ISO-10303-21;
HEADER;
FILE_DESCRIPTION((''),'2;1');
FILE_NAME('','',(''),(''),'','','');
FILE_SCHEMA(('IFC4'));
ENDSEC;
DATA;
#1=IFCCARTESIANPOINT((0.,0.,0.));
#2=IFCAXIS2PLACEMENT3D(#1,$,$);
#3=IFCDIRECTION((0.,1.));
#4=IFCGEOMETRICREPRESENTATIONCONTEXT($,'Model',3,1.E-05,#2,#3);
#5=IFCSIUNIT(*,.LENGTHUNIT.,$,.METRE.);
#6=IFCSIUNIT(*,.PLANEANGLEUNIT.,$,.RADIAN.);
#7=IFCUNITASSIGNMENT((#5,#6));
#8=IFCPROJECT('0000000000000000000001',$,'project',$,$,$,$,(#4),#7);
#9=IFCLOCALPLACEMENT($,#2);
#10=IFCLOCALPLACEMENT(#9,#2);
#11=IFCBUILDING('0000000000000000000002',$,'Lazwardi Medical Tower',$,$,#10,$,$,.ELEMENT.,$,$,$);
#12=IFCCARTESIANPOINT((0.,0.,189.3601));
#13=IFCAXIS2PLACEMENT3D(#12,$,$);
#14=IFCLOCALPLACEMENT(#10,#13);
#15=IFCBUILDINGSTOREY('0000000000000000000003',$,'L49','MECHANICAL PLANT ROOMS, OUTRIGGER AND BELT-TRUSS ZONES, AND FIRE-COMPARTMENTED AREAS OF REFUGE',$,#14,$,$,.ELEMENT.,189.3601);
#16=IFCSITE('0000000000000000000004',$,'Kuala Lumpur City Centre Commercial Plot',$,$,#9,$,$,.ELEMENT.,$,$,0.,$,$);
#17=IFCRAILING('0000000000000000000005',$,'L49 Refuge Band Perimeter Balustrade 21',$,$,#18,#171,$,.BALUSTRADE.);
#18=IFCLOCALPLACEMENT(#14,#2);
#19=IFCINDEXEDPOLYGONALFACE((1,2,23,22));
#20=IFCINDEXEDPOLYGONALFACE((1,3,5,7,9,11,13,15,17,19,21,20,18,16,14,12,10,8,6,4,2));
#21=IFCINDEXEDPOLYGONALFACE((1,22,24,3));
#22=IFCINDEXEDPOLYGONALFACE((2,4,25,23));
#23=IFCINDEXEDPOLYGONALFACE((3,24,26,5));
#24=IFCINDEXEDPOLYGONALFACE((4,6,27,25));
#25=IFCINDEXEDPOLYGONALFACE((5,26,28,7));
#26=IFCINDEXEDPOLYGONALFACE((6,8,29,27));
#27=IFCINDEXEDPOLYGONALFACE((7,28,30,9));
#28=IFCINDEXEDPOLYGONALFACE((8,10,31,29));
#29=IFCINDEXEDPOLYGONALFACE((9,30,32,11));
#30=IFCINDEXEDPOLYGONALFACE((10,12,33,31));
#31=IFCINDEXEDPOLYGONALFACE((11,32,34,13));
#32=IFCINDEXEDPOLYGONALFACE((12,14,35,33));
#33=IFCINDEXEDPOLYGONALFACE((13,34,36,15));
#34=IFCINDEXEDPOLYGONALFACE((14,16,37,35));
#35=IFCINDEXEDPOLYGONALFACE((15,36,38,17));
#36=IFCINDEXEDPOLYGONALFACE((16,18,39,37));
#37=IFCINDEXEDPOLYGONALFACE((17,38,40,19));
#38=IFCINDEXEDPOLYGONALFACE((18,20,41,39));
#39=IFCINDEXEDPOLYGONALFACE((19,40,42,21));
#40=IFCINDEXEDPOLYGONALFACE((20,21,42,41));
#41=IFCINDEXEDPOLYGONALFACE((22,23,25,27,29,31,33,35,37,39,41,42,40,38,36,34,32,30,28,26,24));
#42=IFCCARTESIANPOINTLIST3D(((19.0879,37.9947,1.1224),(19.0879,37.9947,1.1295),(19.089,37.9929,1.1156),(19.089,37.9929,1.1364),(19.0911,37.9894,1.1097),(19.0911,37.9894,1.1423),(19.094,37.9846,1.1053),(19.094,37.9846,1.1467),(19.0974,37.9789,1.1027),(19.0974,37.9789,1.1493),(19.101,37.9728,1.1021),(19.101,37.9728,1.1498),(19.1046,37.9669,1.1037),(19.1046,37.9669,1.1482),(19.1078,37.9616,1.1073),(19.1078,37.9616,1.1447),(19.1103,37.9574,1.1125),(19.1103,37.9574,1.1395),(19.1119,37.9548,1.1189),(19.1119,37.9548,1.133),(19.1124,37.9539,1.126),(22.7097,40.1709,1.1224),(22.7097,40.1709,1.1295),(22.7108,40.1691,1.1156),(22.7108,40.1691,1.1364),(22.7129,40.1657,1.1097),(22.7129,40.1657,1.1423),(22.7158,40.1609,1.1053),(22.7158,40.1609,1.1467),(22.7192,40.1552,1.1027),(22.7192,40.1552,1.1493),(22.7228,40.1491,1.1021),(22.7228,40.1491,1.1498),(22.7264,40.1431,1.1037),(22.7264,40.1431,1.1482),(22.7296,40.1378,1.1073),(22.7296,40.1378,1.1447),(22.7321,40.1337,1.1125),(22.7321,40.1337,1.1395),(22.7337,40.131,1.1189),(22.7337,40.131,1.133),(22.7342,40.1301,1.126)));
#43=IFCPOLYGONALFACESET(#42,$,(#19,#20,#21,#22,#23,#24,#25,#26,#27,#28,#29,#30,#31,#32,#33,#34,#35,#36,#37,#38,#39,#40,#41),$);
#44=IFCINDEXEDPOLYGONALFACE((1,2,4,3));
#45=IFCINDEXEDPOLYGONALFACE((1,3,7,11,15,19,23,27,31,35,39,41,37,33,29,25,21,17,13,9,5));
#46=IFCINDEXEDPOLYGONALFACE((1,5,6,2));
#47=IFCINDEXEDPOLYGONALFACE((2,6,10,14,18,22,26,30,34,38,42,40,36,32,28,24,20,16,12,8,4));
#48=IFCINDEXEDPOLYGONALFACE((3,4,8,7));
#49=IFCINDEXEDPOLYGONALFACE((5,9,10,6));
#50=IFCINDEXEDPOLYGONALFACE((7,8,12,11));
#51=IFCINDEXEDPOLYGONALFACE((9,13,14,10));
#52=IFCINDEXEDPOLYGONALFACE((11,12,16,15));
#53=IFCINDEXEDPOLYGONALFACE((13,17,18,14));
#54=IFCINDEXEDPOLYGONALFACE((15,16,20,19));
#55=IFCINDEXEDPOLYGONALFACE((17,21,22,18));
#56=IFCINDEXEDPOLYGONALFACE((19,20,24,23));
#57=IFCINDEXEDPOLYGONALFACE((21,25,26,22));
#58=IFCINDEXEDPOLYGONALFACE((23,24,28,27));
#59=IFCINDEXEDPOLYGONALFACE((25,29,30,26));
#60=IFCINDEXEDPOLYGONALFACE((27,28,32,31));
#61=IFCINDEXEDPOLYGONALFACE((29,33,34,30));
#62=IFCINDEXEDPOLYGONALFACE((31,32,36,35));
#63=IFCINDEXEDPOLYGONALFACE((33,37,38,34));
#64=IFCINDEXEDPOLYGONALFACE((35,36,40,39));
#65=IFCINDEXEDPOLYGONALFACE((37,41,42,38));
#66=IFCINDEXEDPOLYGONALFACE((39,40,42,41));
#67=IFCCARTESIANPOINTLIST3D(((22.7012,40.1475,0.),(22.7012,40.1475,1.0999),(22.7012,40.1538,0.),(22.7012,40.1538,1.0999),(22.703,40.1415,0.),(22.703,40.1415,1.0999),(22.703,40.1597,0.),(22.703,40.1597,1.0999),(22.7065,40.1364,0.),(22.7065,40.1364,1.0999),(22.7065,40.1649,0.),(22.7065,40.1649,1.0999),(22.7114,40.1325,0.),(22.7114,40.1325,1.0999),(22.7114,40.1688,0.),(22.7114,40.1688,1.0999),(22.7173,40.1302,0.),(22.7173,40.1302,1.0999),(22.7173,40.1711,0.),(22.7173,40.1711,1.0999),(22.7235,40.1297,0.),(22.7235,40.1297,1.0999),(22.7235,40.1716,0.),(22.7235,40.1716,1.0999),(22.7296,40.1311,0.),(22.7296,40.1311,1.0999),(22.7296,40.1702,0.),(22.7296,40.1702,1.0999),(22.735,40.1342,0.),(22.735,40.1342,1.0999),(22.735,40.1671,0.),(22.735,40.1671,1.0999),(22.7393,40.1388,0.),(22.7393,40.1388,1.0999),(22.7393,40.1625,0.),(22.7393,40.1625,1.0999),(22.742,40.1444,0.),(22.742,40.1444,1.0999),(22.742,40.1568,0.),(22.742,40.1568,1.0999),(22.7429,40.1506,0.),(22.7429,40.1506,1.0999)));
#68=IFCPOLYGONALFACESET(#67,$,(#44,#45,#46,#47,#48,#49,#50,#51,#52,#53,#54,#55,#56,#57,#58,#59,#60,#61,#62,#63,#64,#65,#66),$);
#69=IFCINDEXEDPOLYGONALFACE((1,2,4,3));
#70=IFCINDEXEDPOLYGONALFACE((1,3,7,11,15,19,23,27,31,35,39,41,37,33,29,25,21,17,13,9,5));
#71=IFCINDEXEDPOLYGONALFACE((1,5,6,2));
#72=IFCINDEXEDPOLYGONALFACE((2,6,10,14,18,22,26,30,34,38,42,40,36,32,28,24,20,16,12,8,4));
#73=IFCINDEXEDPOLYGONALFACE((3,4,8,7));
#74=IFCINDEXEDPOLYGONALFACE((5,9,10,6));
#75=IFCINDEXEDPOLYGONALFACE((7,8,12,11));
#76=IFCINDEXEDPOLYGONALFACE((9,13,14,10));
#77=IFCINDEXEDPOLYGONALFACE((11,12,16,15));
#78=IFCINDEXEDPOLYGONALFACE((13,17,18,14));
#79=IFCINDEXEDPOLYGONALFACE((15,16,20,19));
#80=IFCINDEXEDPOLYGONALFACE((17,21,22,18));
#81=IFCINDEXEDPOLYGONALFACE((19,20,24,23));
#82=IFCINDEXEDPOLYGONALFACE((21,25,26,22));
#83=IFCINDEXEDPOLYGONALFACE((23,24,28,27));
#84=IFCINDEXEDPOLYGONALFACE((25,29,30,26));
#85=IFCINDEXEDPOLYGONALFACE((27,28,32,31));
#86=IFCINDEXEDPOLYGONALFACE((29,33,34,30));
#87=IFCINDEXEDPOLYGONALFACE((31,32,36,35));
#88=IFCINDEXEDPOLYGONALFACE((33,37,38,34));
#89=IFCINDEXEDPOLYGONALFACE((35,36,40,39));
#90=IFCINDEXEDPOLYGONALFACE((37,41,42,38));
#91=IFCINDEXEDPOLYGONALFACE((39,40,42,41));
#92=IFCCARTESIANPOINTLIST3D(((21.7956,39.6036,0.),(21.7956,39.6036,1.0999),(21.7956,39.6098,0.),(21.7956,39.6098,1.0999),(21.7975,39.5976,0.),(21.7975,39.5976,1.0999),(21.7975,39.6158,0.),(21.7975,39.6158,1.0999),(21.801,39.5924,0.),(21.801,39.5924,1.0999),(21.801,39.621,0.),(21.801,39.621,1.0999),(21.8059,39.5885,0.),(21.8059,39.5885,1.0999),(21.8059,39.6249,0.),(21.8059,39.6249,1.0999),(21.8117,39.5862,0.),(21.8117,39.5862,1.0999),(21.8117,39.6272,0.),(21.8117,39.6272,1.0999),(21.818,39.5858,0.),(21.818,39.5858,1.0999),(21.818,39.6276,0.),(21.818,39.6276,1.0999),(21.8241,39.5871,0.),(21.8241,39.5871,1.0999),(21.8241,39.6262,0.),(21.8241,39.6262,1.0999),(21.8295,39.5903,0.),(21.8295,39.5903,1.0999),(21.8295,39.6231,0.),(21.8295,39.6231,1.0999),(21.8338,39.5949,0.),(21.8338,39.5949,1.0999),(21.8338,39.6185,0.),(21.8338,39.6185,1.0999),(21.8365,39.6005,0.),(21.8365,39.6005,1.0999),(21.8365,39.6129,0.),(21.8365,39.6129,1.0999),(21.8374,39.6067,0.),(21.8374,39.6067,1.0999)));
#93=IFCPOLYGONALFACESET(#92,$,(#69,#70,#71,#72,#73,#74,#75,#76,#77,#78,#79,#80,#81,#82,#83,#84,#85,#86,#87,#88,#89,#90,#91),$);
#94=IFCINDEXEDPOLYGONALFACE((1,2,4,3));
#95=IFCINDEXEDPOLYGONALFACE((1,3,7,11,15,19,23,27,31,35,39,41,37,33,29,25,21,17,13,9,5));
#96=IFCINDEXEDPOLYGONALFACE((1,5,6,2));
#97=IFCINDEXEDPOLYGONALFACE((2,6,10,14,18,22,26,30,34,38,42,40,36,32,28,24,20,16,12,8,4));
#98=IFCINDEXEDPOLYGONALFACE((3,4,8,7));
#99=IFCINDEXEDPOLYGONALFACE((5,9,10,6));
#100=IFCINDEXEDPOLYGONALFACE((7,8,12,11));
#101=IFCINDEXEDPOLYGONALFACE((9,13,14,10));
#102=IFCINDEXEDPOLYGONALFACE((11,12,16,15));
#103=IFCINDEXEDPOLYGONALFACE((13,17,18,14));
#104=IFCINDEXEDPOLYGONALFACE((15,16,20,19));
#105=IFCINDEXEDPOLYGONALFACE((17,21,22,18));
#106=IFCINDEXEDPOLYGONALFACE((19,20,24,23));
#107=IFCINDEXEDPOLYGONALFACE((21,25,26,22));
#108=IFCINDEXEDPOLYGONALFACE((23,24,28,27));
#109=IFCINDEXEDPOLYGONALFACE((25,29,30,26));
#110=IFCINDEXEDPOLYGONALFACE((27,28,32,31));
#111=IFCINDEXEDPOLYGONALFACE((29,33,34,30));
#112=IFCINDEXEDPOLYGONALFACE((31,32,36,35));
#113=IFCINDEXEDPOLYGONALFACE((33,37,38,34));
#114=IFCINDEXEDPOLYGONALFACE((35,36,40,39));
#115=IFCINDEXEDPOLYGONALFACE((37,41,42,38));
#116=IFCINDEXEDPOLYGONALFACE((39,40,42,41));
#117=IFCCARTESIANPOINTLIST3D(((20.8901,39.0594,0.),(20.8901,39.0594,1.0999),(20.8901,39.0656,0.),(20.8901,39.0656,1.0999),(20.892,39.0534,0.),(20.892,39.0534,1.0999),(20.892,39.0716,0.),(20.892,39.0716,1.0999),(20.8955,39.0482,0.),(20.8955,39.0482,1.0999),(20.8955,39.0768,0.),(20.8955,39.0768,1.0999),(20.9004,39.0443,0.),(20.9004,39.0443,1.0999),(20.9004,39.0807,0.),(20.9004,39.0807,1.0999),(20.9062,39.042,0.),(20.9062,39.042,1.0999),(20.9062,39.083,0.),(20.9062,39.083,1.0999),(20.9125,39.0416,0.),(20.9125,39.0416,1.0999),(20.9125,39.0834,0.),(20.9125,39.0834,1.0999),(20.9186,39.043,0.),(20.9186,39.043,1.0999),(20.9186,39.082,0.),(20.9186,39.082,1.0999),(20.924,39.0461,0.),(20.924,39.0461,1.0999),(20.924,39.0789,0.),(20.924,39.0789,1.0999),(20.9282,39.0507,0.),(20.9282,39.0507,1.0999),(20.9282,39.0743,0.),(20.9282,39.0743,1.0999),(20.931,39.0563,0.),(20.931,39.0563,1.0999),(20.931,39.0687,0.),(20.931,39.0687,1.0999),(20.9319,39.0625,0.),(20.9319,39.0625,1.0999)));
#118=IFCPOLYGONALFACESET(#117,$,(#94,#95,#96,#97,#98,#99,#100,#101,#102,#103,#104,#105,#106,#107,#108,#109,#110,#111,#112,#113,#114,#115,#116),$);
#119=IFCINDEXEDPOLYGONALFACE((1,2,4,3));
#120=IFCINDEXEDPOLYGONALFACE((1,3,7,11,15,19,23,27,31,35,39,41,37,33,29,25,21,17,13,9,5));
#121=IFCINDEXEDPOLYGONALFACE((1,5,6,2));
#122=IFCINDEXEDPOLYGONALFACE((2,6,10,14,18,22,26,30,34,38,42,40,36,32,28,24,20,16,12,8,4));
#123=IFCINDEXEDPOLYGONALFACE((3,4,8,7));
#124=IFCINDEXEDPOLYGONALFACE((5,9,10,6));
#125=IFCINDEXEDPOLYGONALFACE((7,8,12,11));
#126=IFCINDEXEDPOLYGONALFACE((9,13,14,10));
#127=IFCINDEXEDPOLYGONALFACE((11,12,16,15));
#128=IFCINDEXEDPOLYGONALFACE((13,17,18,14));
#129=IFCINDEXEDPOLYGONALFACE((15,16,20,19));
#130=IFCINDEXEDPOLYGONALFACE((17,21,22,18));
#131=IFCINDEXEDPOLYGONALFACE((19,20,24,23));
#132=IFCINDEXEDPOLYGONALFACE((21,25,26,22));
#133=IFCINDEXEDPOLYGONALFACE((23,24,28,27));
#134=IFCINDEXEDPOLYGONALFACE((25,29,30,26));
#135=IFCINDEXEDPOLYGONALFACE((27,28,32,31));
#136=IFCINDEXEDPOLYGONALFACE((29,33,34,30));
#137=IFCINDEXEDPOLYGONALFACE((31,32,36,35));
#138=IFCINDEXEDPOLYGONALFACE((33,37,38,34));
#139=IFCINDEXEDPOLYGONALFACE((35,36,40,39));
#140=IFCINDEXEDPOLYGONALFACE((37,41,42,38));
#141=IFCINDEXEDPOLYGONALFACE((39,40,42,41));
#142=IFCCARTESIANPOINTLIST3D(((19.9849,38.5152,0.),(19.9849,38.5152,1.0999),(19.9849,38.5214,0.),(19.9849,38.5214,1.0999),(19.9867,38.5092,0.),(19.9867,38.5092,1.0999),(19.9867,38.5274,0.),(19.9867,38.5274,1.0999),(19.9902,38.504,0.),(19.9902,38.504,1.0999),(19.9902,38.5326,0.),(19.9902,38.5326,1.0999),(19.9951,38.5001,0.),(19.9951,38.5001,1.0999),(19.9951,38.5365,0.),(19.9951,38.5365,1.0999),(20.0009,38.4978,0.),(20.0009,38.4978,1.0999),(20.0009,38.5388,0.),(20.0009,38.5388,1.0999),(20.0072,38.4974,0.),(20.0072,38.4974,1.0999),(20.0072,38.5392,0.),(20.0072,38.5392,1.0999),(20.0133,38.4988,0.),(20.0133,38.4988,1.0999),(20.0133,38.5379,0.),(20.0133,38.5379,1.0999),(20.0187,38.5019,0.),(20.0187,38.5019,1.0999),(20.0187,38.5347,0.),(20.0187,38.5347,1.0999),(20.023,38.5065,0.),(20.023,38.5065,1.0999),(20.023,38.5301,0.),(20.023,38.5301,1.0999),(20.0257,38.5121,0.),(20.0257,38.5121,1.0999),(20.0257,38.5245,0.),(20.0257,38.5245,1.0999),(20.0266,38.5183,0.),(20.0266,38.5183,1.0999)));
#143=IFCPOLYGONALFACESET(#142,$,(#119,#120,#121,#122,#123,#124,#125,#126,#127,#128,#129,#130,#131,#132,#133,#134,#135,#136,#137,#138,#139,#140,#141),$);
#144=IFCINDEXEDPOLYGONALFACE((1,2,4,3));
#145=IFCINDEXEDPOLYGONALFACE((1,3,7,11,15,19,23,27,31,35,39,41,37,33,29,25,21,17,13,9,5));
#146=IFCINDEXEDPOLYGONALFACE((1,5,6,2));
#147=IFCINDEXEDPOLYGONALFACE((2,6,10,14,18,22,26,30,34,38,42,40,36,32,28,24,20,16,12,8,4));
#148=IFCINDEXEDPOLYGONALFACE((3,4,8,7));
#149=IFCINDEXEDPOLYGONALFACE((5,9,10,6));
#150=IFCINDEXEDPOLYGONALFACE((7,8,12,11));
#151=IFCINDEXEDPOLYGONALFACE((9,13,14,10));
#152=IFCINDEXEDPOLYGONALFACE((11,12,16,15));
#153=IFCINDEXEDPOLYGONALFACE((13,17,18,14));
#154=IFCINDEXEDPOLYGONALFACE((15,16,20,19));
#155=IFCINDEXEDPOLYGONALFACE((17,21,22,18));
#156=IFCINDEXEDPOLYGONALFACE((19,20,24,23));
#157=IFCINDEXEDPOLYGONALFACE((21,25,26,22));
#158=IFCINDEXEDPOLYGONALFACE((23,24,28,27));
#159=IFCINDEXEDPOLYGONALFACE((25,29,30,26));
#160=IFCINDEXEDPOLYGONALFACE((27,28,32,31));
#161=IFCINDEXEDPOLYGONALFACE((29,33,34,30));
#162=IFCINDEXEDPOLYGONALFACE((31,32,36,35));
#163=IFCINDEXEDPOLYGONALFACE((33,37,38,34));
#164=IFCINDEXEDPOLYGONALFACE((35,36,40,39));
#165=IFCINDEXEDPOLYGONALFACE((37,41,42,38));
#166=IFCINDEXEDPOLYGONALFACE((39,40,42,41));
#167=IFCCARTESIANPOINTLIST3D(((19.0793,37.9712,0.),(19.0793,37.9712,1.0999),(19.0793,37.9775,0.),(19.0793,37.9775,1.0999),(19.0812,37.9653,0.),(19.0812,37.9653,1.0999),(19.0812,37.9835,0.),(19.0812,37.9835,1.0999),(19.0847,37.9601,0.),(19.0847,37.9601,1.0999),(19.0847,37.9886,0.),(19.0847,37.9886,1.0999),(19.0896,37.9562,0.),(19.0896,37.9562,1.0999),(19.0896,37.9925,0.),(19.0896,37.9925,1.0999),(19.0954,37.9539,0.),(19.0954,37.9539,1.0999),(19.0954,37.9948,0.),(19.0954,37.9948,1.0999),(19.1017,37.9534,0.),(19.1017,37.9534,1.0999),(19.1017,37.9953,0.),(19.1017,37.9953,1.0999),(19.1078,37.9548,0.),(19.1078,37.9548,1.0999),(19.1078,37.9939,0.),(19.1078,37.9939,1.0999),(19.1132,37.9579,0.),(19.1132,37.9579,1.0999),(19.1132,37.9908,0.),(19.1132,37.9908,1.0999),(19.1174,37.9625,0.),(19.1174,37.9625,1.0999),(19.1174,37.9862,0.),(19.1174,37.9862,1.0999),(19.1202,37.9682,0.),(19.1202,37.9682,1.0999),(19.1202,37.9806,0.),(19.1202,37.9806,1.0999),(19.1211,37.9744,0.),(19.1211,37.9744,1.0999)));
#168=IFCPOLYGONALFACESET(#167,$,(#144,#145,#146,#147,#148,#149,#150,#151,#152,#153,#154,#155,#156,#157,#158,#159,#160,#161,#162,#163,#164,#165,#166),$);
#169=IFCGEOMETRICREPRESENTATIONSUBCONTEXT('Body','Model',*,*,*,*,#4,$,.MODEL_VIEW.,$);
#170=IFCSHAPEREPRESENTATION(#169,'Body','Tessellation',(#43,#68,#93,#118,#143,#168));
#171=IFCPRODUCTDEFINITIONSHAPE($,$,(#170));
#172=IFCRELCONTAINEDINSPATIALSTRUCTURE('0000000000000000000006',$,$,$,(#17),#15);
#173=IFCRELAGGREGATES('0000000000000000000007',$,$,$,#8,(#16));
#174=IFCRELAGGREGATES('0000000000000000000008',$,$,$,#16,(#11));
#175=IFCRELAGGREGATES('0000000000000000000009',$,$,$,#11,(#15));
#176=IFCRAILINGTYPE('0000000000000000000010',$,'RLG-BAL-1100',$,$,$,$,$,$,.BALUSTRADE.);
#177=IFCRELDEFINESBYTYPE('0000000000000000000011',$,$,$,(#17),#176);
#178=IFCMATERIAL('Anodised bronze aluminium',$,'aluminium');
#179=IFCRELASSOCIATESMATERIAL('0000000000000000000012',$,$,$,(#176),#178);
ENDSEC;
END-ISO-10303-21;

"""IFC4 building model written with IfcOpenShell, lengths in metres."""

from ifc_helpers import new_model, si_unit, direction, frame, origin, origin_2d, place, context, subcontext, project, spatial, circle, extrude, material, type_object, element, save


model = new_model("IFC4")

# Units and contexts
model_context = context("Model", 3, precision=1e-05, world=origin(), true_north=direction((0.0, 1.0)))
body_context = subcontext(model_context, "Body", "Model", "MODEL_VIEW")
ifc_project = project(units=[si_unit("LENGTHUNIT", "METRE"), si_unit("PLANEANGLEUNIT", "RADIAN")], contexts=[model_context])

# Site, building, storey
site_placement = place(None, origin())
site = spatial("IfcSite", under=ifc_project, at=site_placement, Name="Kuala Lumpur City Centre Commercial Plot", CompositionType="ELEMENT", RefElevation=0.0)
building_placement = place(site_placement, origin())
building = spatial("IfcBuilding", under=site, at=building_placement, Name="Lazwardi Medical Tower", CompositionType="ELEMENT")
storey_placement = place(building_placement, frame((0.0, 0.0, 189.3601)))
storey = spatial("IfcBuildingStorey", under=building, at=storey_placement, Name="L49", Description="MECHANICAL PLANT ROOMS, OUTRIGGER AND BELT-TRUSS ZONES, AND FIRE-COMPARTMENTED AREAS OF REFUGE", CompositionType="ELEMENT", Elevation=189.3601)

# Railing
ifc_material_1 = material(Name="Anodised bronze aluminium", Category="aluminium")
railing_type = type_object("IfcRailingType", Name="RLG-BAL-1100", PredefinedType="BALUSTRADE", material=ifc_material_1)
railing_1_placement = place(storey_placement, frame((22.7219, 40.1506, 0.0)))
element("IfcRailing", 1, at=railing_1_placement, inside=storey, type_object=railing_type, Name="L49 Refuge Band Perimeter Balustrade 21", PredefinedType="BALUSTRADE", context=body_context, shape_type="SweptSolid", body=[
    extrude(circle(Radius=0.0239, at=origin_2d()), frame((0.0, 0.0, 1.126), z_axis=(-0.857161, -0.515048, 0.0), x_axis=(0.515048, -0.857161, 0.0)), (0.0, 0.0, 1.0), 4.2253),
    extrude(circle(Radius=0.021, at=origin_2d()), origin(), (0.0, 0.0, 1.0), 1.0999),
    extrude(circle(Radius=0.021, at=origin_2d()), frame((-0.9055, -0.5439, 0.0)), (0.0, 0.0, 1.0), 1.0999),
    extrude(circle(Radius=0.021, at=origin_2d()), frame((-1.811, -1.0881, 0.0)), (0.0, 0.0, 1.0), 1.0999),
    extrude(circle(Radius=0.021, at=origin_2d()), frame((-2.7163, -1.6323, 0.0)), (0.0, 0.0, 1.0), 1.0999),
    extrude(circle(Radius=0.021, at=origin_2d()), frame((-3.6218, -2.1763, 0.0)), (0.0, 0.0, 1.0), 1.0999),
])

save(model, "model.ifc")
